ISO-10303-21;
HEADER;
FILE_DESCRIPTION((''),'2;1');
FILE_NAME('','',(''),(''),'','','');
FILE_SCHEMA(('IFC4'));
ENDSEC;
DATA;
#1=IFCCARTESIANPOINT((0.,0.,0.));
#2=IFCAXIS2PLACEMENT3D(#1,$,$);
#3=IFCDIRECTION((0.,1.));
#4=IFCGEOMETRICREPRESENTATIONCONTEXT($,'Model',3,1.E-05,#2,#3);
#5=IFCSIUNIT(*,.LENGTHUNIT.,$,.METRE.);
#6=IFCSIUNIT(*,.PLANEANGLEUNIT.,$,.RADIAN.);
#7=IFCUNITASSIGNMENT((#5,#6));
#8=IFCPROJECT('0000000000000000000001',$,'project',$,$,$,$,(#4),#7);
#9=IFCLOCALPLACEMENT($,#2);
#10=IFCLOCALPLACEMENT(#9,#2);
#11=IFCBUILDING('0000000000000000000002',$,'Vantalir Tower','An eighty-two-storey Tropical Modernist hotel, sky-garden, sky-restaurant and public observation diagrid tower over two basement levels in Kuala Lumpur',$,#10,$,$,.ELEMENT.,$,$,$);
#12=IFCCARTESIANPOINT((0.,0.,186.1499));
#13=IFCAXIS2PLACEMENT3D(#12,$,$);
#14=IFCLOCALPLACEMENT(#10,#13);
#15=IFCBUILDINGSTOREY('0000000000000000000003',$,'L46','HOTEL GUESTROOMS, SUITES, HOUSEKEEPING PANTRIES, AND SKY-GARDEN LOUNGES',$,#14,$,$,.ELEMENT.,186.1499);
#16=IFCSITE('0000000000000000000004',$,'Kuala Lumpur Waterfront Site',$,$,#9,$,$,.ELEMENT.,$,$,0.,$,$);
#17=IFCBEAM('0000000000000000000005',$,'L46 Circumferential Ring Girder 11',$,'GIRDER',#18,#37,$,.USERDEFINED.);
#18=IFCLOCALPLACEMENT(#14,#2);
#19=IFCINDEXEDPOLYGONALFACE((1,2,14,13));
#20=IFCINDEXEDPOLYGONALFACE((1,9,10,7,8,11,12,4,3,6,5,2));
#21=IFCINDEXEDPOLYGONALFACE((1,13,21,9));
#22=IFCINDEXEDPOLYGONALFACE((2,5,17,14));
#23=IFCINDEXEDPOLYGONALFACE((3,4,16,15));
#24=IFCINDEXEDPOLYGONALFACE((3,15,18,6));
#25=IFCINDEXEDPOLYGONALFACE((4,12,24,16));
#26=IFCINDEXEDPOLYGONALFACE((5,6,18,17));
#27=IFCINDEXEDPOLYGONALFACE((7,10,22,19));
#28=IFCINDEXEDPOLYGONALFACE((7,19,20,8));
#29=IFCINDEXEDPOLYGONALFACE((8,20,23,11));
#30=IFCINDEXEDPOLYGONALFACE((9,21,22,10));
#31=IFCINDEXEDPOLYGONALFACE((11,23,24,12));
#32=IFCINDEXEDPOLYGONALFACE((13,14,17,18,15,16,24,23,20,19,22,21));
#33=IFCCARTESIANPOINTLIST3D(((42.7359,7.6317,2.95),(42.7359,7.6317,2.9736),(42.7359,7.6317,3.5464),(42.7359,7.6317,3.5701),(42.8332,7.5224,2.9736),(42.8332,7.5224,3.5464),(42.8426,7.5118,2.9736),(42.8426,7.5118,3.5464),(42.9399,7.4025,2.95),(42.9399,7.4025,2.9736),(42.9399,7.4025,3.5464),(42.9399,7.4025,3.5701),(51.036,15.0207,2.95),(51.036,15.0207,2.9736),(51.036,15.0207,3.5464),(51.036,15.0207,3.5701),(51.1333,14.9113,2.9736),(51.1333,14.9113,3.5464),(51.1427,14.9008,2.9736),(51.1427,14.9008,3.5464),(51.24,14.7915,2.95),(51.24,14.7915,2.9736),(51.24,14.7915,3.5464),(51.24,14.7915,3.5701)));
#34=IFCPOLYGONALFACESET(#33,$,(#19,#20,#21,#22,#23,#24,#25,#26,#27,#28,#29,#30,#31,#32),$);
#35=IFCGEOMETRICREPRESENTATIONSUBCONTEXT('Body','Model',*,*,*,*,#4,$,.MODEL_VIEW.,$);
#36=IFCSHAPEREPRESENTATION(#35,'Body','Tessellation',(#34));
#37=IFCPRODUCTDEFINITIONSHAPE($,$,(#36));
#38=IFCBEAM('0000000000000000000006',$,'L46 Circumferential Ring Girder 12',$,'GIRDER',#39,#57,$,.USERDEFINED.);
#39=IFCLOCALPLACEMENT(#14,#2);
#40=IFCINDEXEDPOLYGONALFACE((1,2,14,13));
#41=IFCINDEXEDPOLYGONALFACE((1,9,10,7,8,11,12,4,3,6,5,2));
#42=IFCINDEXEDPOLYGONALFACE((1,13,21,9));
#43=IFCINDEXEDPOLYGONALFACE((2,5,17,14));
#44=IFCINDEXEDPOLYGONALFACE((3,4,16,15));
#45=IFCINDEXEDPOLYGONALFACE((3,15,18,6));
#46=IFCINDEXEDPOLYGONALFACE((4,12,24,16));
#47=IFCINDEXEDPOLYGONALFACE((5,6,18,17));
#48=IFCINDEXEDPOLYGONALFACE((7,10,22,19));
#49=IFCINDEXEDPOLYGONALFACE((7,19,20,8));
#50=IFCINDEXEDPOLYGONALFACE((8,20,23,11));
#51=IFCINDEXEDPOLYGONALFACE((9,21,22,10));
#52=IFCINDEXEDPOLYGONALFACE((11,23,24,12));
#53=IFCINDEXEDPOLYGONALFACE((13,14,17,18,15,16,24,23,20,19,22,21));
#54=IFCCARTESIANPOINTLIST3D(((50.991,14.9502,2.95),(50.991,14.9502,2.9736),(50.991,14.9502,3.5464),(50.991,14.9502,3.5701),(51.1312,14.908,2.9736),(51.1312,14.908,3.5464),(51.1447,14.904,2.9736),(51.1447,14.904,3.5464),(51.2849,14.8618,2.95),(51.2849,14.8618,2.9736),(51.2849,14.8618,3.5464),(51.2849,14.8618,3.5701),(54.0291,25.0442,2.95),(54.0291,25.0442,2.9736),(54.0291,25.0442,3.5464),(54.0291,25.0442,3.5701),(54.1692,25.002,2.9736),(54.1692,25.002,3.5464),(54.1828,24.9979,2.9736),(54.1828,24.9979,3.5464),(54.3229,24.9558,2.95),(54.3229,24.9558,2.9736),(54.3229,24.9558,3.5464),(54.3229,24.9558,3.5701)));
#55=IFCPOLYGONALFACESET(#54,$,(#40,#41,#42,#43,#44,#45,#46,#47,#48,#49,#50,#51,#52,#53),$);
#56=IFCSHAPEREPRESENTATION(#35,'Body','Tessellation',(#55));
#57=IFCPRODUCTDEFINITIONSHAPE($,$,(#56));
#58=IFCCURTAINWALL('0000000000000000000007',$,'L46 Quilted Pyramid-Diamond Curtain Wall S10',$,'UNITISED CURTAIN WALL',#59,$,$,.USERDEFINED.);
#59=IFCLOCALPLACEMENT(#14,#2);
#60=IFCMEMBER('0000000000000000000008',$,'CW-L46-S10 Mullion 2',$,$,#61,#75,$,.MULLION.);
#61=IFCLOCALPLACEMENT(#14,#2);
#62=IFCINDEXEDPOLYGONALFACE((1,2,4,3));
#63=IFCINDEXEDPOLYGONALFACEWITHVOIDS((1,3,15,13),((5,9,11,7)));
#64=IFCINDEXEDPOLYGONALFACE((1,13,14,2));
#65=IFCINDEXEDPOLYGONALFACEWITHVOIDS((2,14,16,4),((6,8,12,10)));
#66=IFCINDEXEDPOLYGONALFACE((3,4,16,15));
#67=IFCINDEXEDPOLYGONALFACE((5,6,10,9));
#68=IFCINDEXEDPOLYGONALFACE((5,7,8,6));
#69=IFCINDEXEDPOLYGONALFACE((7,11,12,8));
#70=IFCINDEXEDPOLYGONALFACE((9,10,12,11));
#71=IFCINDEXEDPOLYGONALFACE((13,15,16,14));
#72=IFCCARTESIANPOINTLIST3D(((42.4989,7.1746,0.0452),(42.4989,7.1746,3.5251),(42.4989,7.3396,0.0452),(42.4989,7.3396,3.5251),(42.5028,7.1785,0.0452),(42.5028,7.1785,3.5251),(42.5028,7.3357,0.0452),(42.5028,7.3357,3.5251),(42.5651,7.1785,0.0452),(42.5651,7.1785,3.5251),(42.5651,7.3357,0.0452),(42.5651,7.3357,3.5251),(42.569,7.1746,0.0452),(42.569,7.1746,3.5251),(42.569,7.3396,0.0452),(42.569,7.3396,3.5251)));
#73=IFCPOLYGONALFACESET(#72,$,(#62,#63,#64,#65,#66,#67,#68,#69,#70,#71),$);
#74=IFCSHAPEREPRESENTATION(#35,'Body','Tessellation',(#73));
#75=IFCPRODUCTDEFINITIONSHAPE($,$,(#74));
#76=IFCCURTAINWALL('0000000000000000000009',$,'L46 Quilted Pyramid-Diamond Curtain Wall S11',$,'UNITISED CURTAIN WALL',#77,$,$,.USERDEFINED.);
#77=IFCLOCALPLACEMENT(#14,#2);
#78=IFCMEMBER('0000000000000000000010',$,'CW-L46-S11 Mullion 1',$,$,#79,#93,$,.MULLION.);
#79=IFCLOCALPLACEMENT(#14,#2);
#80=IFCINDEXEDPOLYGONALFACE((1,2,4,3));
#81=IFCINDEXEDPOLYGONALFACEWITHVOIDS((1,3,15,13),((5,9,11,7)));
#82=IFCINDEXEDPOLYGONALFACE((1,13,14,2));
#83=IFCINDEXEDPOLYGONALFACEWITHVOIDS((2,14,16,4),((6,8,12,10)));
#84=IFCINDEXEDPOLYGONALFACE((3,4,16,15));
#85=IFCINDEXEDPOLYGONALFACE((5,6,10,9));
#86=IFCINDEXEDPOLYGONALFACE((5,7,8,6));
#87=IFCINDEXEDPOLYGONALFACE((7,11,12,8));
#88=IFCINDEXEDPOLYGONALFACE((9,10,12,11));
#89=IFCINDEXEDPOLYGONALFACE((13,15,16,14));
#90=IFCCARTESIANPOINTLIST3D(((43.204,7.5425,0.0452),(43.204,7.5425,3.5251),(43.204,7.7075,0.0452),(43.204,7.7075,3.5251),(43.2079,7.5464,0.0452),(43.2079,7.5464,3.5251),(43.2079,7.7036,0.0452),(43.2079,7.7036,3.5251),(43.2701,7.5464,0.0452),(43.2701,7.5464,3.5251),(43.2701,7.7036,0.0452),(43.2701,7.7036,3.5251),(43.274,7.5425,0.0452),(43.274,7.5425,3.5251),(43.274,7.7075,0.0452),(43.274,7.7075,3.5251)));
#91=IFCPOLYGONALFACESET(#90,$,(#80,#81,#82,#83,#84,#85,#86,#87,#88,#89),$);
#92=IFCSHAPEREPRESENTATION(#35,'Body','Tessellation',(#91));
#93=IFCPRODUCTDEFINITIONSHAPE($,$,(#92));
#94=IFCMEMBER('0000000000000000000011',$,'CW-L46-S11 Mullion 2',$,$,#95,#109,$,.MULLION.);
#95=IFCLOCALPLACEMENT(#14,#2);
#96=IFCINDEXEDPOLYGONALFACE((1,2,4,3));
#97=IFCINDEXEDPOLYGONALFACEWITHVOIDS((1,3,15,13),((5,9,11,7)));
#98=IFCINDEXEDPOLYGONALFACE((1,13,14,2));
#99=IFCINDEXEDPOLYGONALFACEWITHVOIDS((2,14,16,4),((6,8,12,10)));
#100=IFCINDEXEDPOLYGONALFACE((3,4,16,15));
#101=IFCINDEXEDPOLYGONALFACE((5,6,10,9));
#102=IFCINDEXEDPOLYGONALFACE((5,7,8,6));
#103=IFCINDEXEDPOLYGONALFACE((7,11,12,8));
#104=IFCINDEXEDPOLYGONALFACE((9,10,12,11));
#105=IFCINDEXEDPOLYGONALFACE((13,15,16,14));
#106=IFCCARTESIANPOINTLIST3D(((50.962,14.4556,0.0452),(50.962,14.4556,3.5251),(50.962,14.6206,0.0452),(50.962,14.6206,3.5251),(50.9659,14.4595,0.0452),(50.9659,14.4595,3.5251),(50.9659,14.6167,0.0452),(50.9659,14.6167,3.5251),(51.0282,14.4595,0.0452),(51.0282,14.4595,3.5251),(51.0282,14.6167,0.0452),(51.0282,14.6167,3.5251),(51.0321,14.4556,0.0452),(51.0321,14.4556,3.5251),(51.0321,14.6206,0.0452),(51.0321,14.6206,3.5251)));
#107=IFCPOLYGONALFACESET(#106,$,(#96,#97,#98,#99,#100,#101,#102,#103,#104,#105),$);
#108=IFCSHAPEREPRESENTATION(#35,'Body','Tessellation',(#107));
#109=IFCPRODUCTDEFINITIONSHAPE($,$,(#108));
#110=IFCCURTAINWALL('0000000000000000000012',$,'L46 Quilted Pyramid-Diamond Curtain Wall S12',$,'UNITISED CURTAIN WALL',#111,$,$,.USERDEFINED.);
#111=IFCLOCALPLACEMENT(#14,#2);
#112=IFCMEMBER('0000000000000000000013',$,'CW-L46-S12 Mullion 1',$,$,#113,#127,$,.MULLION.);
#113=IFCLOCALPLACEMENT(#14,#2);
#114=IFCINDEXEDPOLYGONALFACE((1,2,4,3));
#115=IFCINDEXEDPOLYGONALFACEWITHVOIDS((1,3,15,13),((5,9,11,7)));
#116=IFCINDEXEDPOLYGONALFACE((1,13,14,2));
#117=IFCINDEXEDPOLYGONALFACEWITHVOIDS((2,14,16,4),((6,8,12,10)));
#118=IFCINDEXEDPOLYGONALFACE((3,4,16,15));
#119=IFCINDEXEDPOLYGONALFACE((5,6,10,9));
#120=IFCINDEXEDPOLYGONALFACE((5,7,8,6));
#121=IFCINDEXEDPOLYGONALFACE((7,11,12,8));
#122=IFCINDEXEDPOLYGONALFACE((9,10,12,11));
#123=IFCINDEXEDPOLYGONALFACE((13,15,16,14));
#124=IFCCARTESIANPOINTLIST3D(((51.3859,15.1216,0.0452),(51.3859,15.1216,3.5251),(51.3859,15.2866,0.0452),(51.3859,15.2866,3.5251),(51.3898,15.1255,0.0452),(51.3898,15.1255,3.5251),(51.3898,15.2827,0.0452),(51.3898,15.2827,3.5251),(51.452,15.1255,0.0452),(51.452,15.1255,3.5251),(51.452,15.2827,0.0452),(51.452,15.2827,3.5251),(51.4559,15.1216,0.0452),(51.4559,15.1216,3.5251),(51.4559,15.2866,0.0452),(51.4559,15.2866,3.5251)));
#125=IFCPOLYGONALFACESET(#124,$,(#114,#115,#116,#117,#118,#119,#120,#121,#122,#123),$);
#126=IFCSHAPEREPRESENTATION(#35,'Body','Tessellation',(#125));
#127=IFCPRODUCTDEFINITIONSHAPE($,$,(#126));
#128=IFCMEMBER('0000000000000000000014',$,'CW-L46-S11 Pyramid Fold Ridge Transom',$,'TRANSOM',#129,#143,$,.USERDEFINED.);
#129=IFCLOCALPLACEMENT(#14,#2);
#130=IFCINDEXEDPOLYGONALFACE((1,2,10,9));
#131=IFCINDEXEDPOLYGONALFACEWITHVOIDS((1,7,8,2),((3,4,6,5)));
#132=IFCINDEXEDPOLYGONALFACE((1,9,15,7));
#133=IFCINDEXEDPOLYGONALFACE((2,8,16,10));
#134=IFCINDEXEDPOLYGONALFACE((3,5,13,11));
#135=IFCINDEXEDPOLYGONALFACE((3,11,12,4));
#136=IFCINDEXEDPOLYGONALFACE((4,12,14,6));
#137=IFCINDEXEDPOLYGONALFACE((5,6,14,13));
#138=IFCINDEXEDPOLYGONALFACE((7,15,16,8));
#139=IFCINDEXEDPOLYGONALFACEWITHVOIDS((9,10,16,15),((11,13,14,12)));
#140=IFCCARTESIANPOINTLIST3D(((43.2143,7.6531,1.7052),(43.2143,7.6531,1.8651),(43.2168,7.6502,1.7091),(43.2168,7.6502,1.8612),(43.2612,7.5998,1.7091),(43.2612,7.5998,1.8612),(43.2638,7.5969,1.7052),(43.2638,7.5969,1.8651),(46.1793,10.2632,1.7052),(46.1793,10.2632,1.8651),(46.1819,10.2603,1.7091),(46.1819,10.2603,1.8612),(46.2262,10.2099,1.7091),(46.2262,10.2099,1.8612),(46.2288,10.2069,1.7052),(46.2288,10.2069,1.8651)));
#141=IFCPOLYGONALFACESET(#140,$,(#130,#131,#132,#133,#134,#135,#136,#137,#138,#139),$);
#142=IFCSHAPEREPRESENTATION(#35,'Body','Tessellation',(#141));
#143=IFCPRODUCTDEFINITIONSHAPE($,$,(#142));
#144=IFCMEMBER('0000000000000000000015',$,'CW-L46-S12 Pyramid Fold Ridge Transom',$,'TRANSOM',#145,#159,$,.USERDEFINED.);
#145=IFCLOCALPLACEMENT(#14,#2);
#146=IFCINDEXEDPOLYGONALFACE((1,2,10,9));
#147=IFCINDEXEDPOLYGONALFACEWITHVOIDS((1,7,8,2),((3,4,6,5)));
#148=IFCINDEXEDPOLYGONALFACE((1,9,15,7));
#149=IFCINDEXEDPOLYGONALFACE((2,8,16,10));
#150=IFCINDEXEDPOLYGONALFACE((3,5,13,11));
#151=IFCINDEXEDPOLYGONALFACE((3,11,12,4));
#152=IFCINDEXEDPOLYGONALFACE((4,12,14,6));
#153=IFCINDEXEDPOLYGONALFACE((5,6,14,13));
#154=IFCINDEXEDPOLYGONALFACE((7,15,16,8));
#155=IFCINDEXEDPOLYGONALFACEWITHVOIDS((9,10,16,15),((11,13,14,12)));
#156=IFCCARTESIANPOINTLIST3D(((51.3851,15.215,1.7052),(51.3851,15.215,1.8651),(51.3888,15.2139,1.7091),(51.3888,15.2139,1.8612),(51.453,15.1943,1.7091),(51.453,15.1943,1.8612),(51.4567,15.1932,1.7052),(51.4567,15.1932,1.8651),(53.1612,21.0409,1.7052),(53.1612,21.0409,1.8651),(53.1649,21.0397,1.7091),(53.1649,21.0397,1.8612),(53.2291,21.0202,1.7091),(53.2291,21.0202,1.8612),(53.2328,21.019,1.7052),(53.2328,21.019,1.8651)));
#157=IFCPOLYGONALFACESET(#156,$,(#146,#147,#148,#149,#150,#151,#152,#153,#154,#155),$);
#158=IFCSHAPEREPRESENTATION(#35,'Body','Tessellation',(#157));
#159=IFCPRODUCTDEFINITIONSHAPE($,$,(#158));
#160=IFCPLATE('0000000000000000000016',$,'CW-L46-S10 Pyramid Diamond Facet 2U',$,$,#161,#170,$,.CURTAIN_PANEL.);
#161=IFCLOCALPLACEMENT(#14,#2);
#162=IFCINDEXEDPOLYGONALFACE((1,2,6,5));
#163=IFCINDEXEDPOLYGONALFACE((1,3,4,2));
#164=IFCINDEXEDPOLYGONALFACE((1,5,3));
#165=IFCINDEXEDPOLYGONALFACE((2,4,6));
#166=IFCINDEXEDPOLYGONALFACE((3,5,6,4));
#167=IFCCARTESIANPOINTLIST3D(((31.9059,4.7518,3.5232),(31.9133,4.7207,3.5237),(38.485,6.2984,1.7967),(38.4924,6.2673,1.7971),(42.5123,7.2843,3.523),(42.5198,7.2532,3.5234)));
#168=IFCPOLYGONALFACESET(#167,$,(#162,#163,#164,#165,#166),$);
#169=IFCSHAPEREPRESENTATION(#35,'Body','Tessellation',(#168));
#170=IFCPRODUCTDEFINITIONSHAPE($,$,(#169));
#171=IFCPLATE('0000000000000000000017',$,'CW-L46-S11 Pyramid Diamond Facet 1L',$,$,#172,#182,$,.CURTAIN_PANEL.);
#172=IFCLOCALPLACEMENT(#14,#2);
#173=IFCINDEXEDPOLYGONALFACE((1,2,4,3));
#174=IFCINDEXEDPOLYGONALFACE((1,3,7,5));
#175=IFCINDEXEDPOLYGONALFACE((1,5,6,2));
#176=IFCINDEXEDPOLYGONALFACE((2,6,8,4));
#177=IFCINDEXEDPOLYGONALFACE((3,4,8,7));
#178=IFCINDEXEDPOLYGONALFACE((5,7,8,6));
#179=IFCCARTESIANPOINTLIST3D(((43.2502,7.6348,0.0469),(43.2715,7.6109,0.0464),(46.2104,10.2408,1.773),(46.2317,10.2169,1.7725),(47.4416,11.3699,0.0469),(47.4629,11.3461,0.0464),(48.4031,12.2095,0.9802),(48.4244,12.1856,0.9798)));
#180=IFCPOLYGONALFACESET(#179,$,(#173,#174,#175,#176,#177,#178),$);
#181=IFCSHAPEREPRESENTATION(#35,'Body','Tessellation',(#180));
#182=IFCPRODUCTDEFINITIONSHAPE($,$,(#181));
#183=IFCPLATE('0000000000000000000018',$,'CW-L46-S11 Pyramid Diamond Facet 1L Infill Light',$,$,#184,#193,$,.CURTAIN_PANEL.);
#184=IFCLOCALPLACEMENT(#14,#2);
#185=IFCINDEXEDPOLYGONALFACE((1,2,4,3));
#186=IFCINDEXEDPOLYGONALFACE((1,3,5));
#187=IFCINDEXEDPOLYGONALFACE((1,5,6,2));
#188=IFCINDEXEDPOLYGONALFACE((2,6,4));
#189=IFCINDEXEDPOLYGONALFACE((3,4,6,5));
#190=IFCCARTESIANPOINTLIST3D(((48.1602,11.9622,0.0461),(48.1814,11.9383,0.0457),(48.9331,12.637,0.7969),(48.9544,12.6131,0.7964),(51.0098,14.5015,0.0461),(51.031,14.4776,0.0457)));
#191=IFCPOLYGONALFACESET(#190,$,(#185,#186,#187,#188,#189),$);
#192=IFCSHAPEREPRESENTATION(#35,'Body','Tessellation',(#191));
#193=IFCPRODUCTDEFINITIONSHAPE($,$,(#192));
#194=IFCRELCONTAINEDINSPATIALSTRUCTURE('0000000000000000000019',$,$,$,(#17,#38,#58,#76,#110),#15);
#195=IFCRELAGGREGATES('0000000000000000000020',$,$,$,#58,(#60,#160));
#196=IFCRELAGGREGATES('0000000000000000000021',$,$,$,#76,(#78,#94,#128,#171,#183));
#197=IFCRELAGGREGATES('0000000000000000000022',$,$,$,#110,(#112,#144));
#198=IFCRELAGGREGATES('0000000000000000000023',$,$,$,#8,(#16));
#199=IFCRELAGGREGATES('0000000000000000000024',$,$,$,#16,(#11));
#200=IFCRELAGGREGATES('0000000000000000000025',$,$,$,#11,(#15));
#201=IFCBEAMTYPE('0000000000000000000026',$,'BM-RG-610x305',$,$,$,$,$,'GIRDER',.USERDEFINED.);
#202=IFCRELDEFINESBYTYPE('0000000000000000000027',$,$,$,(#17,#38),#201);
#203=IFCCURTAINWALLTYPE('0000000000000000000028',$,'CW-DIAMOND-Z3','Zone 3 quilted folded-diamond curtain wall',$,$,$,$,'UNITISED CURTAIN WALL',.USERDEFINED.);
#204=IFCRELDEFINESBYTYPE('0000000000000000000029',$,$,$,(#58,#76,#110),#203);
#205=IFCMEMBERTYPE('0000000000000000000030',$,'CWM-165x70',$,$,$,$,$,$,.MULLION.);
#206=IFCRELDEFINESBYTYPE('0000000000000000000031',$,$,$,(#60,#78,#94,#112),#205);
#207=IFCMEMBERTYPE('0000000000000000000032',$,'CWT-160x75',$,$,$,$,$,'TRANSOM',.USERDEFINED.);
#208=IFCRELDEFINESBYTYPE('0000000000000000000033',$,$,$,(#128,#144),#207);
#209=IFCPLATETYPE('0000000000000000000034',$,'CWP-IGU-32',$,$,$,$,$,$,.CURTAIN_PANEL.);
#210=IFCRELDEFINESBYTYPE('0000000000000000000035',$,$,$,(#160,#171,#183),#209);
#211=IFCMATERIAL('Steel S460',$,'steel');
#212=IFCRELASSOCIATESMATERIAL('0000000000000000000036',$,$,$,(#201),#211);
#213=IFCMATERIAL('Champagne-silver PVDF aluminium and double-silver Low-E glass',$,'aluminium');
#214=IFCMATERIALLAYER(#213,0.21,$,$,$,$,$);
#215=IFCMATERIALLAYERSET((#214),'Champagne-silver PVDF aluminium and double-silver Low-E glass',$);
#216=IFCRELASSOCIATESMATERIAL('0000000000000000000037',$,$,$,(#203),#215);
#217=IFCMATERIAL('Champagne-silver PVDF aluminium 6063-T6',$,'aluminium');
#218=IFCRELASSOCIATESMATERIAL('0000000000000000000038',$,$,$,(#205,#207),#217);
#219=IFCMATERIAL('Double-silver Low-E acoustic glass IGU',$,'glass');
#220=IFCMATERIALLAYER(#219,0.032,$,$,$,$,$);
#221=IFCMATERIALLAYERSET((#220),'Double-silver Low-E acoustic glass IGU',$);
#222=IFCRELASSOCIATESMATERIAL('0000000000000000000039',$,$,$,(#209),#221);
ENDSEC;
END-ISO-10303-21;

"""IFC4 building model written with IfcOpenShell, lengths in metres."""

from ifc_helpers import new_model, si_unit, direction, frame, origin, origin_2d, place, context, subcontext, project, spatial, polyline, hollow_rectangle, i_section, outline, extrude, material, layer, layer_set, material_profile, profile_set, type_object, element, aggregate, save


model = new_model("IFC4")

# Units and contexts
model_context = context("Model", 3, precision=1e-05, world=origin(), true_north=direction((0.0, 1.0)))
body_context = subcontext(model_context, "Body", "Model", "MODEL_VIEW")
ifc_project = project(units=[si_unit("LENGTHUNIT", "METRE"), si_unit("PLANEANGLEUNIT", "RADIAN")], contexts=[model_context])

# Site, building, storey
site_placement = place(None, origin())
site = spatial("IfcSite", under=ifc_project, at=site_placement, Name="Kuala Lumpur Waterfront Site", CompositionType="ELEMENT", RefElevation=0.0)
building_placement = place(site_placement, origin())
building = spatial("IfcBuilding", under=site, at=building_placement, Name="Vantalir Tower", Description="An eighty-two-storey Tropical Modernist hotel, sky-garden, sky-restaurant and public observation diagrid tower over two basement levels in Kuala Lumpur", CompositionType="ELEMENT")
storey_placement = place(building_placement, frame((0.0, 0.0, 186.1499)))
storey = spatial("IfcBuildingStorey", under=building, at=storey_placement, Name="L46", Description="HOTEL GUESTROOMS, SUITES, HOUSEKEEPING PANTRIES, AND SKY-GARDEN LOUNGES", CompositionType="ELEMENT", Elevation=186.1499)

# Shared definitions
ifc_material_1 = material(Name="Steel S460", Category="steel")

# Beams
ifc_material_profile_1 = material_profile(ifc_material_1, i_section(OverallWidth=0.3069, OverallDepth=0.6201, WebThickness=0.0142, FlangeThickness=0.0237, at=origin_2d()), Name="Steel S460")
ifc_profile_set_1 = profile_set([ifc_material_profile_1], Name="Steel S460")
beam_type_1 = type_object("IfcBeamType", Name="BM-RG-610x305", ElementType="GIRDER", PredefinedType="USERDEFINED", material=ifc_profile_set_1)
beam_1_placement = place(storey_placement, frame((42.8379, 7.5171, 3.26), z_axis=(0.746913, 0.664921, 0.0), x_axis=(-0.664921, 0.746913, 0.0)))
element("IfcBeam", 1, at=beam_1_placement, inside=storey, type_object=beam_type_1, Name="L46 Circumferential Ring Girder 11", ObjectType="GIRDER", PredefinedType="USERDEFINED", context=body_context, shape_type="SweptSolid", body=[
    extrude(i_section(OverallWidth=0.3069, OverallDepth=0.6201, WebThickness=0.0142, FlangeThickness=0.0237, at=origin_2d()), origin(), (0.0, 0.0, 1.0), 11.1125),
])
beam_2_placement = place(storey_placement, frame((51.1379, 14.906, 3.26), z_axis=(0.288208, 0.957568, 0.0), x_axis=(-0.957568, 0.288208, 0.0)))
element("IfcBeam", 2, at=beam_2_placement, inside=storey, type_object=beam_type_1, Name="L46 Circumferential Ring Girder 12", ObjectType="GIRDER", PredefinedType="USERDEFINED", context=body_context, shape_type="SweptSolid", body=[
    extrude(i_section(OverallWidth=0.3069, OverallDepth=0.6201, WebThickness=0.0142, FlangeThickness=0.0237, at=origin_2d()), origin(), (0.0, 0.0, 1.0), 10.5413),
])

# Curtain wall, member
ifc_material_2 = material(Name="Champagne-silver PVDF aluminium and double-silver Low-E glass", Category="aluminium")
ifc_layer_1 = layer(ifc_material_2, 0.21)
ifc_layer_set_1 = layer_set([ifc_layer_1], Name="Champagne-silver PVDF aluminium and double-silver Low-E glass")
curtain_wall_type = type_object("IfcCurtainWallType", Name="CW-DIAMOND-Z3", Description="Zone 3 quilted folded-diamond curtain wall", ElementType="UNITISED CURTAIN WALL", PredefinedType="USERDEFINED", material=ifc_layer_set_1)
curtain_wall_1_placement = place(storey_placement, origin())
curtain_wall_1 = element("IfcCurtainWall", 3, at=curtain_wall_1_placement, inside=storey, type_object=curtain_wall_type, Name="L46 Quilted Pyramid-Diamond Curtain Wall S10", ObjectType="UNITISED CURTAIN WALL", PredefinedType="USERDEFINED")
ifc_material_3 = material(Name="Champagne-silver PVDF aluminium 6063-T6", Category="aluminium")
ifc_material_profile_2 = material_profile(ifc_material_3, hollow_rectangle(XDim=0.0701, YDim=0.165, WallThickness=0.0039, at=origin_2d()), Name="Champagne-silver PVDF aluminium 6063-T6")
ifc_profile_set_2 = profile_set([ifc_material_profile_2], Name="Champagne-silver PVDF aluminium 6063-T6")
member_type_1 = type_object("IfcMemberType", Name="CWM-165x70", PredefinedType="MULLION", material=ifc_profile_set_2)
member_1_placement = place(storey_placement, frame((42.5339, 7.2571, 0.0452), z_axis=(0.0, 0.0, 1.0), x_axis=(1.0, 0.0, 0.0)))
member_1 = element("IfcMember", 4, at=member_1_placement, type_object=member_type_1, Name="CW-L46-S10 Mullion 2", PredefinedType="MULLION", context=body_context, shape_type="SweptSolid", body=[
    extrude(hollow_rectangle(XDim=0.0701, YDim=0.165, WallThickness=0.0039, at=origin_2d()), origin(), (0.0, 0.0, 1.0), 3.48),
])

# Curtain wall, members
curtain_wall_2_placement = place(storey_placement, origin())
curtain_wall_2 = element("IfcCurtainWall", 5, at=curtain_wall_2_placement, inside=storey, type_object=curtain_wall_type, Name="L46 Quilted Pyramid-Diamond Curtain Wall S11", ObjectType="UNITISED CURTAIN WALL", PredefinedType="USERDEFINED")
member_2_placement = place(storey_placement, frame((43.239, 7.625, 0.0452), z_axis=(0.0, 0.0, 1.0), x_axis=(1.0, 0.0, 0.0)))
member_2 = element("IfcMember", 6, at=member_2_placement, type_object=member_type_1, Name="CW-L46-S11 Mullion 1", PredefinedType="MULLION", context=body_context, shape_type="SweptSolid", body=[
    extrude(hollow_rectangle(XDim=0.0701, YDim=0.165, WallThickness=0.0039, at=origin_2d()), origin(), (0.0, 0.0, 1.0), 3.48),
])
member_3_placement = place(storey_placement, frame((50.9971, 14.5381, 0.0452), z_axis=(0.0, 0.0, 1.0), x_axis=(1.0, 0.0, 0.0)))
member_3 = element("IfcMember", 7, at=member_3_placement, type_object=member_type_1, Name="CW-L46-S11 Mullion 2", PredefinedType="MULLION", context=body_context, shape_type="SweptSolid", body=[
    extrude(hollow_rectangle(XDim=0.0701, YDim=0.165, WallThickness=0.0039, at=origin_2d()), origin(), (0.0, 0.0, 1.0), 3.48),
])

# Curtain wall, member
curtain_wall_3_placement = place(storey_placement, origin())
curtain_wall_3 = element("IfcCurtainWall", 8, at=curtain_wall_3_placement, inside=storey, type_object=curtain_wall_type, Name="L46 Quilted Pyramid-Diamond Curtain Wall S12", ObjectType="UNITISED CURTAIN WALL", PredefinedType="USERDEFINED")
member_4_placement = place(storey_placement, frame((51.4209, 15.2041, 0.0452), z_axis=(0.0, 0.0, 1.0), x_axis=(1.0, 0.0, 0.0)))
member_4 = element("IfcMember", 9, at=member_4_placement, type_object=member_type_1, Name="CW-L46-S12 Mullion 1", PredefinedType="MULLION", context=body_context, shape_type="SweptSolid", body=[
    extrude(hollow_rectangle(XDim=0.0701, YDim=0.165, WallThickness=0.0039, at=origin_2d()), origin(), (0.0, 0.0, 1.0), 3.48),
])

# Members
ifc_material_profile_3 = material_profile(ifc_material_3, hollow_rectangle(XDim=0.075, YDim=0.1599, WallThickness=0.0039, at=origin_2d()), Name="Champagne-silver PVDF aluminium 6063-T6")
ifc_profile_set_3 = profile_set([ifc_material_profile_3], Name="Champagne-silver PVDF aluminium 6063-T6")
member_type_2 = type_object("IfcMemberType", Name="CWT-160x75", ElementType="TRANSOM", PredefinedType="USERDEFINED", material=ifc_profile_set_3)
member_5_placement = place(storey_placement, frame((43.239, 7.625, 1.7852), z_axis=(0.750609, 0.660746, 0.0), x_axis=(-0.660746, 0.750609, 0.0)))
member_5 = element("IfcMember", 10, at=member_5_placement, type_object=member_type_2, Name="CW-L46-S11 Pyramid Fold Ridge Transom", ObjectType="TRANSOM", PredefinedType="USERDEFINED", context=body_context, shape_type="SweptSolid", body=[
    extrude(hollow_rectangle(XDim=0.075, YDim=0.1599, WallThickness=0.0039, at=origin_2d()), origin(), (0.0, 0.0, 1.0), 3.9502),
])
member_6_placement = place(storey_placement, frame((51.4209, 15.2041, 1.7852), z_axis=(0.291615, 0.956536, 0.0), x_axis=(-0.956536, 0.291615, 0.0)))
member_6 = element("IfcMember", 11, at=member_6_placement, type_object=member_type_2, Name="CW-L46-S12 Pyramid Fold Ridge Transom", ObjectType="TRANSOM", PredefinedType="USERDEFINED", context=body_context, shape_type="SweptSolid", body=[
    extrude(hollow_rectangle(XDim=0.075, YDim=0.1599, WallThickness=0.0039, at=origin_2d()), origin(), (0.0, 0.0, 1.0), 6.0906),
])

# Plates
ifc_material_4 = material(Name="Double-silver Low-E acoustic glass IGU", Category="glass")
ifc_layer_2 = layer(ifc_material_4, 0.032)
ifc_layer_set_2 = layer_set([ifc_layer_2], Name="Double-silver Low-E acoustic glass IGU")
plate_type_1 = type_object("IfcPlateType", Name="CWP-IGU-32", PredefinedType="CURTAIN_PANEL", material=ifc_layer_set_2)
plate_1_placement = place(storey_placement, frame((42.5198, 7.2532, 3.5234), z_axis=(0.232218, -0.972568, 0.013657), x_axis=(-0.972659, -0.232239, 0.000022)))
plate_1 = element("IfcPlate", 12, at=plate_1_placement, type_object=plate_type_1, Name="CW-L46-S10 Pyramid Diamond Facet 2U", PredefinedType="CURTAIN_PANEL", context=body_context, shape_type="SweptSolid", body=[
    extrude(outline(polyline([(0.0, 0.0), (10.9046, 0.0), (4.1461, 1.7266), (0.0, 0.0)])), origin(), (0.0, 0.0, -1.0), 0.032),
])
aggregate(curtain_wall_1, [member_1, plate_1])
plate_2_placement = place(storey_placement, frame((43.2502, 7.6348, 0.0469), z_axis=(-0.665246, 0.746496, 0.01382), x_axis=(0.746568, 0.66531, 0.0)))
plate_2 = element("IfcPlate", 13, at=plate_2_placement, type_object=plate_type_1, Name="CW-L46-S11 Pyramid Diamond Facet 1L", PredefinedType="CURTAIN_PANEL", context=body_context, shape_type="SweptSolid", body=[
    extrude(outline(polyline([(0.0, 0.0), (5.6142, 0.0), (6.8905, -0.9334), (3.9438, -1.7262), (0.0, 0.0)])), origin(), (0.0, 0.0, -1.0), 0.032),
])
plate_3_placement = place(storey_placement, frame((48.1602, 11.9622, 0.0461), z_axis=(-0.665224, 0.746514, 0.013897), x_axis=(0.746586, 0.665288, 0.0)))
plate_3 = element("IfcPlate", 14, at=plate_3_placement, type_object=plate_type_1, Name="CW-L46-S11 Pyramid Diamond Facet 1L Infill Light", PredefinedType="CURTAIN_PANEL", context=body_context, shape_type="SweptSolid", body=[
    extrude(outline(polyline([(0.0, 0.0), (3.8169, 0.0), (1.026, -0.7508), (0.0, 0.0)])), origin(), (0.0, 0.0, -1.0), 0.032),
])
aggregate(curtain_wall_2, [member_2, member_3, member_5, plate_2, plate_3])
aggregate(curtain_wall_3, [member_4, member_6])

save(model, "model.ifc")
